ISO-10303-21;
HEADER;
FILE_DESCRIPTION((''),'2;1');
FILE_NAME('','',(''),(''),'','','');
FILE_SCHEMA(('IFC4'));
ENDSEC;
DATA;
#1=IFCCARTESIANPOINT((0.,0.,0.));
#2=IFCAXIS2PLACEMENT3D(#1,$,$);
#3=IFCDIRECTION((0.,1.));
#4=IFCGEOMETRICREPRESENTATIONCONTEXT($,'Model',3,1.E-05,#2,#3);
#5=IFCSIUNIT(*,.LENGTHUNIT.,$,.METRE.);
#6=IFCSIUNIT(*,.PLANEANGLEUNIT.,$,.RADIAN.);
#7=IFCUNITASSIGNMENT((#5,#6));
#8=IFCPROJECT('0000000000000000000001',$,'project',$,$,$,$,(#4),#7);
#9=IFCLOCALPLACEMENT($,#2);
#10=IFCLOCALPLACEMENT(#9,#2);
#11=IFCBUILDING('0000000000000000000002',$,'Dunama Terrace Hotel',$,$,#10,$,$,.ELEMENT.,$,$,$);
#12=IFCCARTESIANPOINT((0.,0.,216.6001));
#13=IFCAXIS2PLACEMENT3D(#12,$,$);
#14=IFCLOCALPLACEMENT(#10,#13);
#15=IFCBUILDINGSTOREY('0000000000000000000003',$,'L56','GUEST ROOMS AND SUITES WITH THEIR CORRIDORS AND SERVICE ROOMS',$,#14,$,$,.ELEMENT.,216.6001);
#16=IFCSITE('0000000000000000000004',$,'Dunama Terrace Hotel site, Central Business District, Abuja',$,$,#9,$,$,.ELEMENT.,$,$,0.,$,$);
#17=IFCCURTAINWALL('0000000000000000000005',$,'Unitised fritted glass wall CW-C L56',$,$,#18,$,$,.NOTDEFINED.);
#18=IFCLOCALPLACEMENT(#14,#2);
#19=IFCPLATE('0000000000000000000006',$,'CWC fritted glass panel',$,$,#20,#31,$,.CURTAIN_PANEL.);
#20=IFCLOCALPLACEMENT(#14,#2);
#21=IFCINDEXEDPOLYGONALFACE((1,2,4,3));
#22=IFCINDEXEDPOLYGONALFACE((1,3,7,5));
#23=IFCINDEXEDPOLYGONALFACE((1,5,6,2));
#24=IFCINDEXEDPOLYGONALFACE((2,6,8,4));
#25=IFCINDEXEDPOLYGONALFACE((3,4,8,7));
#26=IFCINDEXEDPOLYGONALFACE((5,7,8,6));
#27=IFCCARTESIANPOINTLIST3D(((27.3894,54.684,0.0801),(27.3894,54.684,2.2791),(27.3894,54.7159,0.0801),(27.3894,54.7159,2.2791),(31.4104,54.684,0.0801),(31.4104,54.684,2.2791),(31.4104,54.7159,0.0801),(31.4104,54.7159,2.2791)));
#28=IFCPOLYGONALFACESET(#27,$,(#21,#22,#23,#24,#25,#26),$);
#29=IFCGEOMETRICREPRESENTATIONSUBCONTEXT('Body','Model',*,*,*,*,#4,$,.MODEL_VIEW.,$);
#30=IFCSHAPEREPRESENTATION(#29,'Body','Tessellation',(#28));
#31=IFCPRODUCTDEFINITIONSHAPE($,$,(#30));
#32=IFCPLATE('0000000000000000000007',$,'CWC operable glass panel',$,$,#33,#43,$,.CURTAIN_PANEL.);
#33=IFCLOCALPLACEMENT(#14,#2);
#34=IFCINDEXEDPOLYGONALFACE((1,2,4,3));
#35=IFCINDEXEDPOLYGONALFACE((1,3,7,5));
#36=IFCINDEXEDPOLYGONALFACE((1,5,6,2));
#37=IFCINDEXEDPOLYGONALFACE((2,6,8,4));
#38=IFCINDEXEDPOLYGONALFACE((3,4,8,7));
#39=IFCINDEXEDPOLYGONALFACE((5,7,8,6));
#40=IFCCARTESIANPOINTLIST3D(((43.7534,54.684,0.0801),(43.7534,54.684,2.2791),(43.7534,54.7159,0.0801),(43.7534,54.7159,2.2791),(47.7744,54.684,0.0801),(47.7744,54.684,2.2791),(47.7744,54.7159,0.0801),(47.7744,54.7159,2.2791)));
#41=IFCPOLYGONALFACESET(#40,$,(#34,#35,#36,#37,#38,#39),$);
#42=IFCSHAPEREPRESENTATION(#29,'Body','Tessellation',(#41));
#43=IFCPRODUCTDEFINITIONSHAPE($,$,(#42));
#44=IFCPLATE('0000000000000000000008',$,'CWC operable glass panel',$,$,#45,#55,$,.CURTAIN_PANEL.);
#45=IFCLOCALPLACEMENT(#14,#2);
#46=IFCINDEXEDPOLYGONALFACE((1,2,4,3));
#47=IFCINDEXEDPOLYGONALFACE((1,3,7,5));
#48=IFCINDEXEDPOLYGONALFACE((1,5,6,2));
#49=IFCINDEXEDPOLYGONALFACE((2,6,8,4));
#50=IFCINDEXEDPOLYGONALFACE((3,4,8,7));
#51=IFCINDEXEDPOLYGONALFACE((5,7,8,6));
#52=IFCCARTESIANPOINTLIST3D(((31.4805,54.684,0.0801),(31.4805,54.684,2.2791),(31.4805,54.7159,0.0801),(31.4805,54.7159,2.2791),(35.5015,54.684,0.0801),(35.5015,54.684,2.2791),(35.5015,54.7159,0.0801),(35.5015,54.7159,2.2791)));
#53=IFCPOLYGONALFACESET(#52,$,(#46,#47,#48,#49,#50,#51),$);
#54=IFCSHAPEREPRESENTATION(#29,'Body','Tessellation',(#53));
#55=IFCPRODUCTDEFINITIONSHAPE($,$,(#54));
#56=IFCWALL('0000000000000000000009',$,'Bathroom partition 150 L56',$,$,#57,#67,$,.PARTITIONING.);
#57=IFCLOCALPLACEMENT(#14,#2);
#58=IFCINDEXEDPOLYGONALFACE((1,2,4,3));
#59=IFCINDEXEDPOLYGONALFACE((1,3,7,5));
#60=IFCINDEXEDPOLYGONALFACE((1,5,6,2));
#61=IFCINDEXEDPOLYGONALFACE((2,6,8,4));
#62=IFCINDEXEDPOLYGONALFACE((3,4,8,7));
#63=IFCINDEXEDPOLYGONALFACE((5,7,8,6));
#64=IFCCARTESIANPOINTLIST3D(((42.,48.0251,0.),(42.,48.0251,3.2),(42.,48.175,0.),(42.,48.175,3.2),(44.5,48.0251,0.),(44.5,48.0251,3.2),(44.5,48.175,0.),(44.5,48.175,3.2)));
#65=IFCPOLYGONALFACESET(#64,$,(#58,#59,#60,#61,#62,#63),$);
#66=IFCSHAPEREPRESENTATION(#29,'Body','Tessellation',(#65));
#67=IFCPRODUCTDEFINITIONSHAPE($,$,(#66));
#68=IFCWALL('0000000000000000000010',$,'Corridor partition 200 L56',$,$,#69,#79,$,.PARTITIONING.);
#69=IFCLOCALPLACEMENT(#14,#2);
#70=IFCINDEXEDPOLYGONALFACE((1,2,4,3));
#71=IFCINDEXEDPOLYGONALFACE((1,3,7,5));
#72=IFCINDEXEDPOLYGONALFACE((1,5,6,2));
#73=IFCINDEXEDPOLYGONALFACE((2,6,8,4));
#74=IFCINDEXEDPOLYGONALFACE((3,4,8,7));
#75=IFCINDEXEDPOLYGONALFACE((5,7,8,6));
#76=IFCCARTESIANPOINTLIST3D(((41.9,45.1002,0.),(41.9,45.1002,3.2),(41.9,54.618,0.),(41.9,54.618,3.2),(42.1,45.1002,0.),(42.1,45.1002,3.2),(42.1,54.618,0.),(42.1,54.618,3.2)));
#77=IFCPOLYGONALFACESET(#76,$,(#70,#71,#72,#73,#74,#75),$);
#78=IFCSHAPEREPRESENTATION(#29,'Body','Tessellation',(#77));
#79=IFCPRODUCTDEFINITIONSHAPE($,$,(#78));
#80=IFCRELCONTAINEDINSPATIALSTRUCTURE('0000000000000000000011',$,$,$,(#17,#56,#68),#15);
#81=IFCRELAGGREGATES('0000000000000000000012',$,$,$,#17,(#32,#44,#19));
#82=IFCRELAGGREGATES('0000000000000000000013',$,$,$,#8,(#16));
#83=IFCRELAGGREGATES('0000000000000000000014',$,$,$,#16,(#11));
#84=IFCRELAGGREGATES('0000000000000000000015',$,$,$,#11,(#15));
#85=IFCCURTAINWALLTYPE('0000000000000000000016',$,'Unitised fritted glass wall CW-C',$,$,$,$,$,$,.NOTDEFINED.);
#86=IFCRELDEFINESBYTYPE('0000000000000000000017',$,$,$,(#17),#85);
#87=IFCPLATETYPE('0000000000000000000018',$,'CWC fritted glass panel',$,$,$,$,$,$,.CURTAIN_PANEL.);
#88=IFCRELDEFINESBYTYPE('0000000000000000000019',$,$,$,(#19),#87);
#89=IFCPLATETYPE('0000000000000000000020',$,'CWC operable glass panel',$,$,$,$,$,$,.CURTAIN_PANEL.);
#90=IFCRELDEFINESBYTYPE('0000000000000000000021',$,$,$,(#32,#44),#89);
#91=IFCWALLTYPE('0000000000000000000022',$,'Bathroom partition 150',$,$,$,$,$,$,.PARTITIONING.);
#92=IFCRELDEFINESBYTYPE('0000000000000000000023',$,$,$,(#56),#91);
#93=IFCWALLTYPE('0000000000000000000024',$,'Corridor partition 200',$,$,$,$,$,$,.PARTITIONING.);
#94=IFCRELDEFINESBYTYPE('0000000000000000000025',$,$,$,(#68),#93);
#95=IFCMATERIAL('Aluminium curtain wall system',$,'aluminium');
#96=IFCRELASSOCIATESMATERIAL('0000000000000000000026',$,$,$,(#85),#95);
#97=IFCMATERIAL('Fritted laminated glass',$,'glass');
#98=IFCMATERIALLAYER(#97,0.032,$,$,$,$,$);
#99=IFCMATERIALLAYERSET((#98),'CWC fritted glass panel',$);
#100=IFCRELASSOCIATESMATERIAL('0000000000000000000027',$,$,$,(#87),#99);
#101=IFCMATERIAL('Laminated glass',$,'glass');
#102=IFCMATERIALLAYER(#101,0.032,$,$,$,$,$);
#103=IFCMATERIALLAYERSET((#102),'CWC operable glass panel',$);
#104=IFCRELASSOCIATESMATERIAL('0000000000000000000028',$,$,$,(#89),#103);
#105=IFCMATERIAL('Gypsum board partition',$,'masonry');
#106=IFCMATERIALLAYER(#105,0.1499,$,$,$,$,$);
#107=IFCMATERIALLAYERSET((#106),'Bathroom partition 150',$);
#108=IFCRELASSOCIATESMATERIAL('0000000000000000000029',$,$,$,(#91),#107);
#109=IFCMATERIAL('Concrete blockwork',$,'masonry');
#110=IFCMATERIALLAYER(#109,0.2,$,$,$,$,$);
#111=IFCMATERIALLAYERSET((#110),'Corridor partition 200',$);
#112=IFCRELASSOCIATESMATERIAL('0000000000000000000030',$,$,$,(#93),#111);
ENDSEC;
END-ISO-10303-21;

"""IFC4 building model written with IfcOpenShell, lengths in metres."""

from ifc_helpers import new_model, si_unit, direction, frame, frame_2d, origin, origin_2d, place, context, subcontext, project, spatial, rectangle, extrude, material, layer, layer_set, type_object, element, aggregate, save


model = new_model("IFC4")

# Units and contexts
model_context = context("Model", 3, precision=1e-05, world=origin(), true_north=direction((0.0, 1.0)))
body_context = subcontext(model_context, "Body", "Model", "MODEL_VIEW")
ifc_project = project(units=[si_unit("LENGTHUNIT", "METRE"), si_unit("PLANEANGLEUNIT", "RADIAN")], contexts=[model_context])

# Site, building, storey
site_placement = place(None, origin())
site = spatial("IfcSite", under=ifc_project, at=site_placement, Name="Dunama Terrace Hotel site, Central Business District, Abuja", CompositionType="ELEMENT", RefElevation=0.0)
building_placement = place(site_placement, origin())
building = spatial("IfcBuilding", under=site, at=building_placement, Name="Dunama Terrace Hotel", CompositionType="ELEMENT")
storey_placement = place(building_placement, frame((0.0, 0.0, 216.6001)))
storey = spatial("IfcBuildingStorey", under=building, at=storey_placement, Name="L56", Description="GUEST ROOMS AND SUITES WITH THEIR CORRIDORS AND SERVICE ROOMS", CompositionType="ELEMENT", Elevation=216.6001)

# Curtain wall, plates
ifc_material_1 = material(Name="Aluminium curtain wall system", Category="aluminium")
curtain_wall_type = type_object("IfcCurtainWallType", Name="Unitised fritted glass wall CW-C", PredefinedType="NOTDEFINED", material=ifc_material_1)
curtain_wall_placement = place(storey_placement, origin())
curtain_wall = element("IfcCurtainWall", 1, at=curtain_wall_placement, inside=storey, type_object=curtain_wall_type, Name="Unitised fritted glass wall CW-C L56", PredefinedType="NOTDEFINED")
ifc_material_2 = material(Name="Fritted laminated glass", Category="glass")
ifc_layer_1 = layer(ifc_material_2, 0.032)
ifc_layer_set_1 = layer_set([ifc_layer_1], Name="CWC fritted glass panel")
plate_type_1 = type_object("IfcPlateType", Name="CWC fritted glass panel", PredefinedType="CURTAIN_PANEL", material=ifc_layer_set_1)
plate_1_placement = place(storey_placement, frame((29.3999, 54.7, 0.0801), z_axis=(0.0, 0.0, 1.0), x_axis=(-1.0, 0.0, 0.0)))
plate_1 = element("IfcPlate", 2, at=plate_1_placement, type_object=plate_type_1, Name="CWC fritted glass panel", PredefinedType="CURTAIN_PANEL", context=body_context, shape_type="SweptSolid", body=[
    extrude(rectangle(XDim=4.021, YDim=0.032, at=origin_2d()), origin(), (0.0, 0.0, 1.0), 2.199),
])
ifc_material_3 = material(Name="Laminated glass", Category="glass")
ifc_layer_2 = layer(ifc_material_3, 0.032)
ifc_layer_set_2 = layer_set([ifc_layer_2], Name="CWC operable glass panel")
plate_type_2 = type_object("IfcPlateType", Name="CWC operable glass panel", PredefinedType="CURTAIN_PANEL", material=ifc_layer_set_2)
plate_2_placement = place(storey_placement, frame((45.7639, 54.7, 0.0801), z_axis=(0.0, 0.0, 1.0), x_axis=(-1.0, 0.0, 0.0)))
plate_2 = element("IfcPlate", 3, at=plate_2_placement, type_object=plate_type_2, Name="CWC operable glass panel", PredefinedType="CURTAIN_PANEL", context=body_context, shape_type="SweptSolid", body=[
    extrude(rectangle(XDim=4.021, YDim=0.032, at=origin_2d()), origin(), (0.0, 0.0, 1.0), 2.199),
])
plate_3_placement = place(storey_placement, frame((33.491, 54.7, 0.0801), z_axis=(0.0, 0.0, 1.0), x_axis=(-1.0, 0.0, 0.0)))
plate_3 = element("IfcPlate", 4, at=plate_3_placement, type_object=plate_type_2, Name="CWC operable glass panel", PredefinedType="CURTAIN_PANEL", context=body_context, shape_type="SweptSolid", body=[
    extrude(rectangle(XDim=4.021, YDim=0.032, at=origin_2d()), origin(), (0.0, 0.0, 1.0), 2.199),
])
aggregate(curtain_wall, [plate_2, plate_3, plate_1])

# Walls
ifc_material_4 = material(Name="Gypsum board partition", Category="masonry")
ifc_layer_3 = layer(ifc_material_4, 0.1499)
ifc_layer_set_3 = layer_set([ifc_layer_3], Name="Bathroom partition 150")
wall_type_1 = type_object("IfcWallType", Name="Bathroom partition 150", PredefinedType="PARTITIONING", material=ifc_layer_set_3)
wall_1_placement = place(storey_placement, frame((42.0, 48.1001, 0.0), z_axis=(0.0, 0.0, 1.0), x_axis=(1.0, 0.0, 0.0)))
element("IfcWall", 5, at=wall_1_placement, inside=storey, type_object=wall_type_1, Name="Bathroom partition 150 L56", PredefinedType="PARTITIONING", context=body_context, shape_type="SweptSolid", body=[
    extrude(rectangle(XDim=2.5, YDim=0.1499, at=frame_2d((1.25, 0.0))), origin(), (0.0, 0.0, 1.0), 3.2),
])
ifc_material_5 = material(Name="Concrete blockwork", Category="masonry")
ifc_layer_4 = layer(ifc_material_5, 0.2)
ifc_layer_set_4 = layer_set([ifc_layer_4], Name="Corridor partition 200")
wall_type_2 = type_object("IfcWallType", Name="Corridor partition 200", PredefinedType="PARTITIONING", material=ifc_layer_set_4)
wall_2_placement = place(storey_placement, frame((42.0, 54.6179, 0.0), z_axis=(0.0, 0.0, 1.0), x_axis=(0.0, -1.0, 0.0)))
element("IfcWall", 6, at=wall_2_placement, inside=storey, type_object=wall_type_2, Name="Corridor partition 200 L56", PredefinedType="PARTITIONING", context=body_context, shape_type="SweptSolid", body=[
    extrude(rectangle(XDim=9.5178, YDim=0.2, at=frame_2d((4.7588, 0.0))), origin(), (0.0, 0.0, 1.0), 3.2),
])

save(model, "model.ifc")
